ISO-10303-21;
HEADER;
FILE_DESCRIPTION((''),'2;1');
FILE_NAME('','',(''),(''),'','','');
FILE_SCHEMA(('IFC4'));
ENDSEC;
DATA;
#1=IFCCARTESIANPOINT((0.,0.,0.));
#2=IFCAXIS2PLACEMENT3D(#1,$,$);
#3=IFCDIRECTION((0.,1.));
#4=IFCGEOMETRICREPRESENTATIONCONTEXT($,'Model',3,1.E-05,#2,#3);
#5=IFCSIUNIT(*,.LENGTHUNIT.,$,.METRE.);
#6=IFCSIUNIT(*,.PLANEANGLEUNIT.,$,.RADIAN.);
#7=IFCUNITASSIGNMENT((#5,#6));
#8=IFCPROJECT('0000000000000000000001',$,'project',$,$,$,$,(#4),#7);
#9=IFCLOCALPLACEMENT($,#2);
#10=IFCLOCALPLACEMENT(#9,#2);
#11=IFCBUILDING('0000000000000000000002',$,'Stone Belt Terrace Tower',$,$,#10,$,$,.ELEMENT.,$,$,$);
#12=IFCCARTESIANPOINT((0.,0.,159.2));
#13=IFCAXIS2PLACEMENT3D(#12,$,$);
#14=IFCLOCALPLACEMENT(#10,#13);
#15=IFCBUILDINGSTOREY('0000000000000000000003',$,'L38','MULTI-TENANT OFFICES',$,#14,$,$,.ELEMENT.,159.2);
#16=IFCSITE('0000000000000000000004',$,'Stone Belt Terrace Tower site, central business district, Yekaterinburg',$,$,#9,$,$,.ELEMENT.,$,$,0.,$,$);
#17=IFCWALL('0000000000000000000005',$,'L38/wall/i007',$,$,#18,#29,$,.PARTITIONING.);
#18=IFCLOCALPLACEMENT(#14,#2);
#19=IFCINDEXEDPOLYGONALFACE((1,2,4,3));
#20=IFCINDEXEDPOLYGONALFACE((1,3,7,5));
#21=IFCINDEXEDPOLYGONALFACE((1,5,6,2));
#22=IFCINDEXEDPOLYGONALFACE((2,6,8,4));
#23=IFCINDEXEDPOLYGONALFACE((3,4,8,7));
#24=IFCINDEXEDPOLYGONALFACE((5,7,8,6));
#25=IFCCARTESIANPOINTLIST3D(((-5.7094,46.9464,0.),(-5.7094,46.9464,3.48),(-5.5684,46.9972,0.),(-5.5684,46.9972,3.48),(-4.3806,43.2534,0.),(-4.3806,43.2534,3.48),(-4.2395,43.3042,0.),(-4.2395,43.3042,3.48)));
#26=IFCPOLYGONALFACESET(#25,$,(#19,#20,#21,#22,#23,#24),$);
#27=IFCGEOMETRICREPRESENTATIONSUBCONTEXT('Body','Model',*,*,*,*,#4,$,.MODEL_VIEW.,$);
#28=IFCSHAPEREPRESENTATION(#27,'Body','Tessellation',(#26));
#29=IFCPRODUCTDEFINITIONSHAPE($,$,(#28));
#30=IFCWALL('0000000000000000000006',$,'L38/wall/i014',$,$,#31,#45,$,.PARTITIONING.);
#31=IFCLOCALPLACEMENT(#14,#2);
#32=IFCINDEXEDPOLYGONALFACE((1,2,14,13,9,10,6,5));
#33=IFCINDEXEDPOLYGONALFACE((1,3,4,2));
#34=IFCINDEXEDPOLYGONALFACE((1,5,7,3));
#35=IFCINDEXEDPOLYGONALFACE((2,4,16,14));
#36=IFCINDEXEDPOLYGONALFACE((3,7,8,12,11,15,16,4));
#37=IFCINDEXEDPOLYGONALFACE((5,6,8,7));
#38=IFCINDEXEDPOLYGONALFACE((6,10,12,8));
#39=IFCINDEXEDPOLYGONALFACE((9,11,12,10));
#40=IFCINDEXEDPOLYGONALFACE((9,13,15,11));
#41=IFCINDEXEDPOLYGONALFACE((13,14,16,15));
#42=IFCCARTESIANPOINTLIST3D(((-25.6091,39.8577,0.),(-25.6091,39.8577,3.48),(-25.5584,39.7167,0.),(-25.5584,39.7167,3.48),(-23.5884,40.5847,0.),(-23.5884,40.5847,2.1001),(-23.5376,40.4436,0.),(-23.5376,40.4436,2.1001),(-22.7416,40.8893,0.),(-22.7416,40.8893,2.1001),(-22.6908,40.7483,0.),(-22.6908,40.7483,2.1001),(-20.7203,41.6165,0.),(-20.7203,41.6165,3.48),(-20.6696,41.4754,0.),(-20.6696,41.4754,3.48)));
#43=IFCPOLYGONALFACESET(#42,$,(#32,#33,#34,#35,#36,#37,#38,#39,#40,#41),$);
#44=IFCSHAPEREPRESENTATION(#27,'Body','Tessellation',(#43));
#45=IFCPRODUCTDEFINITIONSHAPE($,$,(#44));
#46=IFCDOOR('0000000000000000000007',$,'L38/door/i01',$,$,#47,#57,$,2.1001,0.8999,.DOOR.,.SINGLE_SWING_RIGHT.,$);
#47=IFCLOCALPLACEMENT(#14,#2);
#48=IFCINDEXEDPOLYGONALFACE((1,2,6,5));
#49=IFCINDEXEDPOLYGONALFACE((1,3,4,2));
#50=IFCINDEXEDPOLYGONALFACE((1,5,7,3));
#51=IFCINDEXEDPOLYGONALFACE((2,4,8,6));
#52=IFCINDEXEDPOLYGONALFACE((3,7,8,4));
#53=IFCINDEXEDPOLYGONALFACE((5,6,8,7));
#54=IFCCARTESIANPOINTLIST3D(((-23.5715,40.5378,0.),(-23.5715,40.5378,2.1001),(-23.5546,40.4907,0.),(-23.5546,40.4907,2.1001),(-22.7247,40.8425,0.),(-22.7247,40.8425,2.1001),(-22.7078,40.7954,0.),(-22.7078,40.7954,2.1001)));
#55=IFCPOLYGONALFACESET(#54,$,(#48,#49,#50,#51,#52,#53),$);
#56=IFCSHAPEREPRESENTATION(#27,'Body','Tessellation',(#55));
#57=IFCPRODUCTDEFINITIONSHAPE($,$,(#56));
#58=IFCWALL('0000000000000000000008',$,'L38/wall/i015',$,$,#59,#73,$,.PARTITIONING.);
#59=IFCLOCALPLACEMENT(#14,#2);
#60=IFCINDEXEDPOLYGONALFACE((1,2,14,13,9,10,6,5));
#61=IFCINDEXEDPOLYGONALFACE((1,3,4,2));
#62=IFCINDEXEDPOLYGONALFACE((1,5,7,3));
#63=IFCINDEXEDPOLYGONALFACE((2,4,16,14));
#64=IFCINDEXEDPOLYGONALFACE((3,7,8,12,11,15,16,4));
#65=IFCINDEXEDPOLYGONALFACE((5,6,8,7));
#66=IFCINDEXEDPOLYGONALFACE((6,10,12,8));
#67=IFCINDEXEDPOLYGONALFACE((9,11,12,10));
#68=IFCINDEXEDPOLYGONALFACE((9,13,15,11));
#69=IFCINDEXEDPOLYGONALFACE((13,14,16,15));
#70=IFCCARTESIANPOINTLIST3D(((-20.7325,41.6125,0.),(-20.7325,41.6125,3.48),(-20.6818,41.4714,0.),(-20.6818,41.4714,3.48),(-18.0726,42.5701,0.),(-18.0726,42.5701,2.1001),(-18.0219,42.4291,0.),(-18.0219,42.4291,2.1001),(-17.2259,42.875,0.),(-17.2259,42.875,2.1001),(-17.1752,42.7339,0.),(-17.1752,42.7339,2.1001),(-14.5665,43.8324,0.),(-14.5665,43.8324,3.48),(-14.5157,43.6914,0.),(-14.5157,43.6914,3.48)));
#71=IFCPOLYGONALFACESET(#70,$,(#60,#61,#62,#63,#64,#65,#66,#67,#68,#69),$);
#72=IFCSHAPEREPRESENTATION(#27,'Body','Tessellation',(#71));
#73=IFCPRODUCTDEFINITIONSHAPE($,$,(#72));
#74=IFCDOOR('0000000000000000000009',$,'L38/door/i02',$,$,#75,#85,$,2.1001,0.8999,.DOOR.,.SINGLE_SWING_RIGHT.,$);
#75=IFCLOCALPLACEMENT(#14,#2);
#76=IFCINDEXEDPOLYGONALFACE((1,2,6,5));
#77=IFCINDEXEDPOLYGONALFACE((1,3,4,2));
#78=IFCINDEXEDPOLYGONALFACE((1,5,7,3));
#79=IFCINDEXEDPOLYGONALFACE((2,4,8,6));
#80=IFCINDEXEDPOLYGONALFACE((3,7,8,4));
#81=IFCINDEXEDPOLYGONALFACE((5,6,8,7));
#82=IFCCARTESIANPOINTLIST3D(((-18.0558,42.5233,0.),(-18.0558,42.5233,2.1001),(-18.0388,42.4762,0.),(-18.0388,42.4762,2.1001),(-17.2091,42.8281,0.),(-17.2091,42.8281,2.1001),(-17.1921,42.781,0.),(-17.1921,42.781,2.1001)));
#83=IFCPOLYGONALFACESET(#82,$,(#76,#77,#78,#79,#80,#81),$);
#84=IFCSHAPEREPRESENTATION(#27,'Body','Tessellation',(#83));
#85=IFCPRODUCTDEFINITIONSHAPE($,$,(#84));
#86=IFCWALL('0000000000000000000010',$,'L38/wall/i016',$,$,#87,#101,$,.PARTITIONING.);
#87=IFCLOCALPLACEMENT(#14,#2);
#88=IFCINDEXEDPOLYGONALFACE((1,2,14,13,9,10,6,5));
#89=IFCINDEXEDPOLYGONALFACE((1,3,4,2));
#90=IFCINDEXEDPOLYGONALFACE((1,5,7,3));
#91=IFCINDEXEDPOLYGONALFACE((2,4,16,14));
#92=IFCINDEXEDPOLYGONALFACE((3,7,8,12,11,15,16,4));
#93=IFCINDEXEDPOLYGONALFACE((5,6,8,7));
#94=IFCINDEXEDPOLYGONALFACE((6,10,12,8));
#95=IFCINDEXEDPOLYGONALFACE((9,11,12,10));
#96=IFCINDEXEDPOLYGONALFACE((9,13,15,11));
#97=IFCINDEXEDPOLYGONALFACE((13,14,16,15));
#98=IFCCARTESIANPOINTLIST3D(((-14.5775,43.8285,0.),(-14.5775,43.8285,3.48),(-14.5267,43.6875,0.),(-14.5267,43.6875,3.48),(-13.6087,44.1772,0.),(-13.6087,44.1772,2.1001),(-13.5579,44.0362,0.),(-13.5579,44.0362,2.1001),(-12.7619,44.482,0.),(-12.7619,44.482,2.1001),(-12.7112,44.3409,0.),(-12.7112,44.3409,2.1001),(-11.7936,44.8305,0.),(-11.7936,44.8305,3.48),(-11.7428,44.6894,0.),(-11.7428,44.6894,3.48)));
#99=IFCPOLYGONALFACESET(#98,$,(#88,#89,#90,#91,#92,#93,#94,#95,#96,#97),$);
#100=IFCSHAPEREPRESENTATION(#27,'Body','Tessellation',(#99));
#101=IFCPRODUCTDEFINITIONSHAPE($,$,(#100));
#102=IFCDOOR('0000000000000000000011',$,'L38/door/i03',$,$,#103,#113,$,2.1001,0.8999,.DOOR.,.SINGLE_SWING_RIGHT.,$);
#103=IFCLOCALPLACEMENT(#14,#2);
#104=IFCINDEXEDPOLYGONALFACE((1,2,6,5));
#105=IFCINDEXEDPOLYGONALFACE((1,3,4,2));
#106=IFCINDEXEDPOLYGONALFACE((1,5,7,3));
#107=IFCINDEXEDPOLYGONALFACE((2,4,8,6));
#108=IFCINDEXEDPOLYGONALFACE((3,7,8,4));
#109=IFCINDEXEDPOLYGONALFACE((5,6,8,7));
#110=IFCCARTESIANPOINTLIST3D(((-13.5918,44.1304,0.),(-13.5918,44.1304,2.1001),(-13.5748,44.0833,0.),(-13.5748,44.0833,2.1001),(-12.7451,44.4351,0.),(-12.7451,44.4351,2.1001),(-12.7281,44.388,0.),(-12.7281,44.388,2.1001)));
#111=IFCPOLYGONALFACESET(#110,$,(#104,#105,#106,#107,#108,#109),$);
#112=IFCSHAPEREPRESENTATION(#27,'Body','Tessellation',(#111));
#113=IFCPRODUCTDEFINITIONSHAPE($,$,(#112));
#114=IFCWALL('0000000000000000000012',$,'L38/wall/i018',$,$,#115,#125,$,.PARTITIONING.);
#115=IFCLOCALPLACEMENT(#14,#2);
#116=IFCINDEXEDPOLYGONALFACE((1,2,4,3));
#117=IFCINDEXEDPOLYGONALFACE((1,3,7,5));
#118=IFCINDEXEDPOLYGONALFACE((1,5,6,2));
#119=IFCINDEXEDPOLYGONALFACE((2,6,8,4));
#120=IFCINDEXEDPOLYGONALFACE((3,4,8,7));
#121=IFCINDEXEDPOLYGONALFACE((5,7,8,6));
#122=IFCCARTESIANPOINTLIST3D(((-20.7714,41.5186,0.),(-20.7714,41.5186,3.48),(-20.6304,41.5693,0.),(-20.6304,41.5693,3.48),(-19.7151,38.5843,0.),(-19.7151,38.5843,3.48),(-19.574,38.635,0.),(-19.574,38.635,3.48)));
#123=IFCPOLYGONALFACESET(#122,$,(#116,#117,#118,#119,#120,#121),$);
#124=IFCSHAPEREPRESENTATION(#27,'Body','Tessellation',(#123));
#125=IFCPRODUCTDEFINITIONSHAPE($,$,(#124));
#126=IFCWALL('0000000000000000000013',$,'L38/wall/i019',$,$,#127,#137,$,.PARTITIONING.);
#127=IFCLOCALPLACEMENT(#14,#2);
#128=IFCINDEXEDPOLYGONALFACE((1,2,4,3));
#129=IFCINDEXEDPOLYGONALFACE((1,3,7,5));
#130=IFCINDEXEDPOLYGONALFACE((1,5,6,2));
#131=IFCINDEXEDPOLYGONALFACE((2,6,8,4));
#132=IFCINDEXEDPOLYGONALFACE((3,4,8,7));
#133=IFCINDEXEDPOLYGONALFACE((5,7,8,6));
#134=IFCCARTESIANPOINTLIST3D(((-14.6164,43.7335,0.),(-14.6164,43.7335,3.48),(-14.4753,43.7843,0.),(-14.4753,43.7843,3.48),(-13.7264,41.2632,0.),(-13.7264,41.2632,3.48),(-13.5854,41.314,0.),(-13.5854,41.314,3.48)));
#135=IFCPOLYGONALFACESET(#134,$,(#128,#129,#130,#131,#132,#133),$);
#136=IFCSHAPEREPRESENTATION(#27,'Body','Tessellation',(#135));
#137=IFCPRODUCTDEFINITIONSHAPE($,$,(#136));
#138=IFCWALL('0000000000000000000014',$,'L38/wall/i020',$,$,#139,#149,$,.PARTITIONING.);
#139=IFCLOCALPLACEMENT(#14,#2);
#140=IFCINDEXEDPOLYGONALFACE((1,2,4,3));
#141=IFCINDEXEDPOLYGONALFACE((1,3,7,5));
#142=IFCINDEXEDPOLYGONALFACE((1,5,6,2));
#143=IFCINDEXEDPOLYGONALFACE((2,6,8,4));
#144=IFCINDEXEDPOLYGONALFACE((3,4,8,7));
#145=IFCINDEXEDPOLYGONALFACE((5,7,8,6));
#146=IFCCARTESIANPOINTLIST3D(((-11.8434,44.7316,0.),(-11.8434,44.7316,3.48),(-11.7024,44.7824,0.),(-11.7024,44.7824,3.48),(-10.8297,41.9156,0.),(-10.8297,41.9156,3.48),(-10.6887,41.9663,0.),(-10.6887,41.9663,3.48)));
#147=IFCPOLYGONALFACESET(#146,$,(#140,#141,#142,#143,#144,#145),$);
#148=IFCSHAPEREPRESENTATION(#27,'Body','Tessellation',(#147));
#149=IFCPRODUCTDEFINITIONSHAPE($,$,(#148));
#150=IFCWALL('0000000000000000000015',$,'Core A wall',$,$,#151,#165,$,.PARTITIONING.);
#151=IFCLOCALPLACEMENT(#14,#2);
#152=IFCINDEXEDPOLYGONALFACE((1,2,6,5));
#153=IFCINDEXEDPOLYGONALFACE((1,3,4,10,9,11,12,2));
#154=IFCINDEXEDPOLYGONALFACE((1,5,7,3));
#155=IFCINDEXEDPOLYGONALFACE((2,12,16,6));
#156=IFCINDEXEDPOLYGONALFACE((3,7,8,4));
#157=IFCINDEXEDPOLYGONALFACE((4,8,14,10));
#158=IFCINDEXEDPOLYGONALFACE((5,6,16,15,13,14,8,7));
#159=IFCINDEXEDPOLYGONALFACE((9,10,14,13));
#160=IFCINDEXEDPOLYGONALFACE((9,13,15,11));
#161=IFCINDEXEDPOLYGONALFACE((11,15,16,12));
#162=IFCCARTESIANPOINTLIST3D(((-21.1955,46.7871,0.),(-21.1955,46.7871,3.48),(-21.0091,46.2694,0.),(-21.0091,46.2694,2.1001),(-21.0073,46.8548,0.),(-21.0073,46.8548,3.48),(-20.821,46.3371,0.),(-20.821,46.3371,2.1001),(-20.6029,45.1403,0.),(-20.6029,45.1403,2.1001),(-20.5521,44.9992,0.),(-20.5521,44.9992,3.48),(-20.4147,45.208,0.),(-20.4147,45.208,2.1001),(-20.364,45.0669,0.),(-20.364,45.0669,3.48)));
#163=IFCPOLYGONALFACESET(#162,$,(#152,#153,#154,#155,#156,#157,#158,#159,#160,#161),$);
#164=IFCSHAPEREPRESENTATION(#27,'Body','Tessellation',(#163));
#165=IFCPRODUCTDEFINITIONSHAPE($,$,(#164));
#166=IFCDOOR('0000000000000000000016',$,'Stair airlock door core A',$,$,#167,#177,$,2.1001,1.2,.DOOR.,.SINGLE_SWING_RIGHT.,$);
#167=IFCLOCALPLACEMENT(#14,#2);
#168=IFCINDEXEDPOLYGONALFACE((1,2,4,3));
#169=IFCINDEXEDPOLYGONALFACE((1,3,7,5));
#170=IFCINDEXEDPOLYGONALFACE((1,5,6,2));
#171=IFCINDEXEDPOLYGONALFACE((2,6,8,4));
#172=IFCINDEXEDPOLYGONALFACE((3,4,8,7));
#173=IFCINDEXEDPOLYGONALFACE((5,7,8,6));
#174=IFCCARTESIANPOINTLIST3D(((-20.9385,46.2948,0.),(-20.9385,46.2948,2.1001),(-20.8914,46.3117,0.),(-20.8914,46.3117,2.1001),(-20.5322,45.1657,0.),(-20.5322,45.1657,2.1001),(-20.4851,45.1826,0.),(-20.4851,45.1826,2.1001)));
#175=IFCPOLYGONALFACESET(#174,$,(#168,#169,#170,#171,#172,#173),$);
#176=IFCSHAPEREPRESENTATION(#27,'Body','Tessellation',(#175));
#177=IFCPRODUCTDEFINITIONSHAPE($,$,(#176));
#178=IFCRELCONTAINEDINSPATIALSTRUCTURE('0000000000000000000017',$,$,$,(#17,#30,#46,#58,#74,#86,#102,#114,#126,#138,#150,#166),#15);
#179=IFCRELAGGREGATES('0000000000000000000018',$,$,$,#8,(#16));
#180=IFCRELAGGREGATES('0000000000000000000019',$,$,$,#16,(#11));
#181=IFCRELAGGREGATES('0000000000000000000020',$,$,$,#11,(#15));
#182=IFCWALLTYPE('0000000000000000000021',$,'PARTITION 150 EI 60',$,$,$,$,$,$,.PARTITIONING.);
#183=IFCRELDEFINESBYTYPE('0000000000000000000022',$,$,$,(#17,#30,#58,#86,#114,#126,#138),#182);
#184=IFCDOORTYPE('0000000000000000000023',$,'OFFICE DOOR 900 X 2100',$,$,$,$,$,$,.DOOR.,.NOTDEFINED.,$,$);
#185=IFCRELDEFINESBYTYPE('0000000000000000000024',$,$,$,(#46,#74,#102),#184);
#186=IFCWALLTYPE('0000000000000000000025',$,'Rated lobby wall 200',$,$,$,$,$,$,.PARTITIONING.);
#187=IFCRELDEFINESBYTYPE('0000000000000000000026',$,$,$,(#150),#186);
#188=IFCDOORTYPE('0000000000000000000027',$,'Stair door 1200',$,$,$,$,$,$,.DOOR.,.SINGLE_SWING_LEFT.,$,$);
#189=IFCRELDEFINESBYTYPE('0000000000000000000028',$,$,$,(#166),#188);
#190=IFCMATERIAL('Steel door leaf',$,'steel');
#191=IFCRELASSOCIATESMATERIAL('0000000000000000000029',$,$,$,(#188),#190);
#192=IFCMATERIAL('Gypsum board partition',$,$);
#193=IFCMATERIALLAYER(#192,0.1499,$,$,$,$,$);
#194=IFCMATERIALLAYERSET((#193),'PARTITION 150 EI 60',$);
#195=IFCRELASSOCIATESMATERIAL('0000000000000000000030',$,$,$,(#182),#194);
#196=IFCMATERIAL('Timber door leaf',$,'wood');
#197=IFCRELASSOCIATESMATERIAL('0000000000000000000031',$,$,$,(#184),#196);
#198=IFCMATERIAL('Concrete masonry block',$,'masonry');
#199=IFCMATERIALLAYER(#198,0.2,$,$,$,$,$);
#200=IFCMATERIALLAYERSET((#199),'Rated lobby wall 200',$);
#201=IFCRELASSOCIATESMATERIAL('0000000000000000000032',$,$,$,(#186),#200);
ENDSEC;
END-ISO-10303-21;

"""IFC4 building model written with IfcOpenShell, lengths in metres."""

from ifc_helpers import new_model, si_unit, direction, frame, frame_2d, origin, place, context, subcontext, project, spatial, rectangle, extrude, material, layer, layer_set, type_object, element, fill, save


model = new_model("IFC4")

# Units and contexts
model_context = context("Model", 3, precision=1e-05, world=origin(), true_north=direction((0.0, 1.0)))
body_context = subcontext(model_context, "Body", "Model", "MODEL_VIEW")
ifc_project = project(units=[si_unit("LENGTHUNIT", "METRE"), si_unit("PLANEANGLEUNIT", "RADIAN")], contexts=[model_context])

# Site, building, storey
site_placement = place(None, origin())
site = spatial("IfcSite", under=ifc_project, at=site_placement, Name="Stone Belt Terrace Tower site, central business district, Yekaterinburg", CompositionType="ELEMENT", RefElevation=0.0)
building_placement = place(site_placement, origin())
building = spatial("IfcBuilding", under=site, at=building_placement, Name="Stone Belt Terrace Tower", CompositionType="ELEMENT")
storey_placement = place(building_placement, frame((0.0, 0.0, 159.2)))
storey = spatial("IfcBuildingStorey", under=building, at=storey_placement, Name="L38", Description="MULTI-TENANT OFFICES", CompositionType="ELEMENT", Elevation=159.2)

# Shared definitions
ifc_material_1 = material(Name="Timber door leaf", Category="wood")
ifc_material_2 = material(Name="Steel door leaf", Category="steel")
door_type_1 = type_object("IfcDoorType", Name="Stair door 1200", OperationType="SINGLE_SWING_LEFT", PredefinedType="DOOR", material=ifc_material_2)

# Wall
ifc_material_3 = material(Name="Gypsum board partition")
ifc_layer_1 = layer(ifc_material_3, 0.1499)
ifc_layer_set_1 = layer_set([ifc_layer_1], Name="PARTITION 150 EI 60")
wall_type_1 = type_object("IfcWallType", Name="PARTITION 150 EI 60", PredefinedType="PARTITIONING", material=ifc_layer_set_1)
wall_1_placement = place(storey_placement, frame((-4.3101, 43.2788, 0.0), z_axis=(0.0, 0.0, 1.0), x_axis=(-0.33857, 0.940941, 0.0)))
element("IfcWall", 1, at=wall_1_placement, inside=storey, type_object=wall_type_1, Name="L38/wall/i007", PredefinedType="PARTITIONING", context=body_context, shape_type="SweptSolid", body=[
    extrude(rectangle(XDim=3.9248, YDim=0.1499, at=frame_2d((1.9624, 0.0))), origin(), (0.0, 0.0, 1.0), 3.48),
])

# Walls, openings, doors
wall_2_placement = place(storey_placement, frame((-20.6951, 41.5459, 0.0), z_axis=(0.0, 0.0, 1.0), x_axis=(-0.940962, -0.338511, 0.0)))
wall_2 = element("IfcWall", 2, at=wall_2_placement, inside=storey, type_object=wall_type_1, Name="L38/wall/i014", PredefinedType="PARTITIONING", context=body_context, shape_type="SweptSolid", body=[
    extrude(rectangle(XDim=5.1956, YDim=0.1499, at=frame_2d((2.5977, 0.0))), origin(), (0.0, 0.0, 1.0), 3.48),
])
opening_1_placement = place(wall_2_placement, frame((2.1479, 0.0, 0.0)))
opening_1 = element("IfcOpeningElement", 3, at=opening_1_placement, cuts=wall_2, PredefinedType="OPENING", context=body_context, shape_type="SweptSolid", body=[
    extrude(rectangle(XDim=0.8999, YDim=2.1001, at=frame_2d((0.45, 1.05))), frame((0.0, 0.085, 0.0), z_axis=(0.0, -1.0, 0.0), x_axis=(1.0, 0.0, 0.0)), (0.0, 0.0, 1.0), 0.1699),
])
door_type_2 = type_object("IfcDoorType", Name="OFFICE DOOR 900 X 2100", OperationType="NOTDEFINED", PredefinedType="DOOR", material=ifc_material_1)
door_1_placement = place(opening_1_placement, origin())
door_1 = element("IfcDoor", 4, at=door_1_placement, inside=storey, type_object=door_type_2, Name="L38/door/i01", OperationType="SINGLE_SWING_RIGHT", OverallHeight=2.1001, OverallWidth=0.8999, PredefinedType="DOOR", context=body_context, shape_type="SweptSolid", body=[
    extrude(rectangle(XDim=0.8999, YDim=2.1001, at=frame_2d((0.45, 1.05))), frame((0.0, 0.0249, 0.0), z_axis=(0.0, -1.0, 0.0), x_axis=(1.0, 0.0, 0.0)), (0.0, 0.0, 1.0), 0.05),
])
fill(opening_1, door_1)
wall_3_placement = place(storey_placement, frame((-14.541, 43.762, 0.0), z_axis=(0.0, 0.0, 1.0), x_axis=(-0.940877, -0.338747, 0.0)))
wall_3 = element("IfcWall", 5, at=wall_3_placement, inside=storey, type_object=wall_type_1, Name="L38/wall/i015", PredefinedType="PARTITIONING", context=body_context, shape_type="SweptSolid", body=[
    extrude(rectangle(XDim=6.5535, YDim=0.1499, at=frame_2d((3.2769, 0.0))), origin(), (0.0, 0.0, 1.0), 3.48),
])
opening_2_placement = place(wall_3_placement, frame((2.8267, 0.0, 0.0)))
opening_2 = element("IfcOpeningElement", 6, at=opening_2_placement, cuts=wall_3, PredefinedType="OPENING", context=body_context, shape_type="SweptSolid", body=[
    extrude(rectangle(XDim=0.8999, YDim=2.1001, at=frame_2d((0.45, 1.05))), frame((0.0, 0.085, 0.0), z_axis=(0.0, -1.0, 0.0), x_axis=(1.0, 0.0, 0.0)), (0.0, 0.0, 1.0), 0.1699),
])
door_2_placement = place(opening_2_placement, origin())
door_2 = element("IfcDoor", 7, at=door_2_placement, inside=storey, type_object=door_type_2, Name="L38/door/i02", OperationType="SINGLE_SWING_RIGHT", OverallHeight=2.1001, OverallWidth=0.8999, PredefinedType="DOOR", context=body_context, shape_type="SweptSolid", body=[
    extrude(rectangle(XDim=0.8999, YDim=2.1001, at=frame_2d((0.45, 1.05))), frame((0.0, 0.0249, 0.0), z_axis=(0.0, -1.0, 0.0), x_axis=(1.0, 0.0, 0.0)), (0.0, 0.0, 1.0), 0.05),
])
fill(opening_2, door_2)
wall_4_placement = place(storey_placement, frame((-11.7681, 44.76, 0.0), z_axis=(0.0, 0.0, 1.0), x_axis=(-0.940916, -0.338641, 0.0)))
wall_4 = element("IfcWall", 8, at=wall_4_placement, inside=storey, type_object=wall_type_1, Name="L38/wall/i016", PredefinedType="PARTITIONING", context=body_context, shape_type="SweptSolid", body=[
    extrude(rectangle(XDim=2.9587, YDim=0.1499, at=frame_2d((1.4795, 0.0))), origin(), (0.0, 0.0, 1.0), 3.48),
])
opening_3_placement = place(wall_4_placement, frame((1.0293, 0.0, 0.0)))
opening_3 = element("IfcOpeningElement", 9, at=opening_3_placement, cuts=wall_4, PredefinedType="OPENING", context=body_context, shape_type="SweptSolid", body=[
    extrude(rectangle(XDim=0.8999, YDim=2.1001, at=frame_2d((0.45, 1.05))), frame((0.0, 0.085, 0.0), z_axis=(0.0, -1.0, 0.0), x_axis=(1.0, 0.0, 0.0)), (0.0, 0.0, 1.0), 0.1699),
])
door_3_placement = place(opening_3_placement, origin())
door_3 = element("IfcDoor", 10, at=door_3_placement, inside=storey, type_object=door_type_2, Name="L38/door/i03", OperationType="SINGLE_SWING_RIGHT", OverallHeight=2.1001, OverallWidth=0.8999, PredefinedType="DOOR", context=body_context, shape_type="SweptSolid", body=[
    extrude(rectangle(XDim=0.8999, YDim=2.1001, at=frame_2d((0.45, 1.05))), frame((0.0, 0.0249, 0.0), z_axis=(0.0, -1.0, 0.0), x_axis=(1.0, 0.0, 0.0)), (0.0, 0.0, 1.0), 0.05),
])
fill(opening_3, door_3)

# Walls
wall_5_placement = place(storey_placement, frame((-20.7009, 41.5439, 0.0), z_axis=(0.0, 0.0, 1.0), x_axis=(0.338731, -0.940883, 0.0)))
element("IfcWall", 11, at=wall_5_placement, inside=storey, type_object=wall_type_1, Name="L38/wall/i018", PredefinedType="PARTITIONING", context=body_context, shape_type="SweptSolid", body=[
    extrude(rectangle(XDim=3.1187, YDim=0.1499, at=frame_2d((1.5593, 0.0))), origin(), (0.0, 0.0, 1.0), 3.48),
])
wall_6_placement = place(storey_placement, frame((-14.5459, 43.759, 0.0), z_axis=(0.0, 0.0, 1.0), x_axis=(0.338927, -0.940813, 0.0)))
element("IfcWall", 12, at=wall_6_placement, inside=storey, type_object=wall_type_1, Name="L38/wall/i019", PredefinedType="PARTITIONING", context=body_context, shape_type="SweptSolid", body=[
    extrude(rectangle(XDim=2.6257, YDim=0.1499, at=frame_2d((1.313, 0.0))), origin(), (0.0, 0.0, 1.0), 3.48),
])
wall_7_placement = place(storey_placement, frame((-11.7729, 44.7571, 0.0), z_axis=(0.0, 0.0, 1.0), x_axis=(0.338702, -0.940894, 0.0)))
element("IfcWall", 13, at=wall_7_placement, inside=storey, type_object=wall_type_1, Name="L38/wall/i020", PredefinedType="PARTITIONING", context=body_context, shape_type="SweptSolid", body=[
    extrude(rectangle(XDim=2.9929, YDim=0.1499, at=frame_2d((1.4966, 0.0))), origin(), (0.0, 0.0, 1.0), 3.48),
])

# Wall, opening, door
ifc_material_4 = material(Name="Concrete masonry block", Category="masonry")
ifc_layer_2 = layer(ifc_material_4, 0.2)
ifc_layer_set_2 = layer_set([ifc_layer_2], Name="Rated lobby wall 200")
wall_type_2 = type_object("IfcWallType", Name="Rated lobby wall 200", PredefinedType="PARTITIONING", material=ifc_layer_set_2)
wall_8_placement = place(storey_placement, frame((-20.458, 45.033, 0.0), z_axis=(0.0, 0.0, 1.0), x_axis=(-0.338574, 0.94094, 0.0)))
wall_8 = element("IfcWall", 14, at=wall_8_placement, inside=storey, type_object=wall_type_2, Name="Core A wall", PredefinedType="PARTITIONING", context=body_context, shape_type="SweptSolid", body=[
    extrude(rectangle(XDim=1.9001, YDim=0.2, at=frame_2d((0.9502, 0.0))), origin(), (0.0, 0.0, 1.0), 3.48),
])
opening_4_placement = place(wall_8_placement, frame((0.1499, 0.0, 0.0)))
opening_4 = element("IfcOpeningElement", 15, at=opening_4_placement, cuts=wall_8, PredefinedType="OPENING", context=body_context, shape_type="SweptSolid", body=[
    extrude(rectangle(XDim=1.2, YDim=2.1001, at=frame_2d((0.6001, 1.05))), frame((0.0, 0.1099, 0.0), z_axis=(0.0, -1.0, 0.0), x_axis=(1.0, 0.0, 0.0)), (0.0, 0.0, 1.0), 0.22),
])
door_4_placement = place(opening_4_placement, origin())
door_4 = element("IfcDoor", 16, at=door_4_placement, inside=storey, type_object=door_type_1, Name="Stair airlock door core A", OperationType="SINGLE_SWING_RIGHT", OverallHeight=2.1001, OverallWidth=1.2, PredefinedType="DOOR", context=body_context, shape_type="SweptSolid", body=[
    extrude(rectangle(XDim=1.2, YDim=2.1001, at=frame_2d((0.6001, 1.05))), frame((0.0, 0.0249, 0.0), z_axis=(0.0, -1.0, 0.0), x_axis=(1.0, 0.0, 0.0)), (0.0, 0.0, 1.0), 0.05),
])
fill(opening_4, door_4)

save(model, "model.ifc")
